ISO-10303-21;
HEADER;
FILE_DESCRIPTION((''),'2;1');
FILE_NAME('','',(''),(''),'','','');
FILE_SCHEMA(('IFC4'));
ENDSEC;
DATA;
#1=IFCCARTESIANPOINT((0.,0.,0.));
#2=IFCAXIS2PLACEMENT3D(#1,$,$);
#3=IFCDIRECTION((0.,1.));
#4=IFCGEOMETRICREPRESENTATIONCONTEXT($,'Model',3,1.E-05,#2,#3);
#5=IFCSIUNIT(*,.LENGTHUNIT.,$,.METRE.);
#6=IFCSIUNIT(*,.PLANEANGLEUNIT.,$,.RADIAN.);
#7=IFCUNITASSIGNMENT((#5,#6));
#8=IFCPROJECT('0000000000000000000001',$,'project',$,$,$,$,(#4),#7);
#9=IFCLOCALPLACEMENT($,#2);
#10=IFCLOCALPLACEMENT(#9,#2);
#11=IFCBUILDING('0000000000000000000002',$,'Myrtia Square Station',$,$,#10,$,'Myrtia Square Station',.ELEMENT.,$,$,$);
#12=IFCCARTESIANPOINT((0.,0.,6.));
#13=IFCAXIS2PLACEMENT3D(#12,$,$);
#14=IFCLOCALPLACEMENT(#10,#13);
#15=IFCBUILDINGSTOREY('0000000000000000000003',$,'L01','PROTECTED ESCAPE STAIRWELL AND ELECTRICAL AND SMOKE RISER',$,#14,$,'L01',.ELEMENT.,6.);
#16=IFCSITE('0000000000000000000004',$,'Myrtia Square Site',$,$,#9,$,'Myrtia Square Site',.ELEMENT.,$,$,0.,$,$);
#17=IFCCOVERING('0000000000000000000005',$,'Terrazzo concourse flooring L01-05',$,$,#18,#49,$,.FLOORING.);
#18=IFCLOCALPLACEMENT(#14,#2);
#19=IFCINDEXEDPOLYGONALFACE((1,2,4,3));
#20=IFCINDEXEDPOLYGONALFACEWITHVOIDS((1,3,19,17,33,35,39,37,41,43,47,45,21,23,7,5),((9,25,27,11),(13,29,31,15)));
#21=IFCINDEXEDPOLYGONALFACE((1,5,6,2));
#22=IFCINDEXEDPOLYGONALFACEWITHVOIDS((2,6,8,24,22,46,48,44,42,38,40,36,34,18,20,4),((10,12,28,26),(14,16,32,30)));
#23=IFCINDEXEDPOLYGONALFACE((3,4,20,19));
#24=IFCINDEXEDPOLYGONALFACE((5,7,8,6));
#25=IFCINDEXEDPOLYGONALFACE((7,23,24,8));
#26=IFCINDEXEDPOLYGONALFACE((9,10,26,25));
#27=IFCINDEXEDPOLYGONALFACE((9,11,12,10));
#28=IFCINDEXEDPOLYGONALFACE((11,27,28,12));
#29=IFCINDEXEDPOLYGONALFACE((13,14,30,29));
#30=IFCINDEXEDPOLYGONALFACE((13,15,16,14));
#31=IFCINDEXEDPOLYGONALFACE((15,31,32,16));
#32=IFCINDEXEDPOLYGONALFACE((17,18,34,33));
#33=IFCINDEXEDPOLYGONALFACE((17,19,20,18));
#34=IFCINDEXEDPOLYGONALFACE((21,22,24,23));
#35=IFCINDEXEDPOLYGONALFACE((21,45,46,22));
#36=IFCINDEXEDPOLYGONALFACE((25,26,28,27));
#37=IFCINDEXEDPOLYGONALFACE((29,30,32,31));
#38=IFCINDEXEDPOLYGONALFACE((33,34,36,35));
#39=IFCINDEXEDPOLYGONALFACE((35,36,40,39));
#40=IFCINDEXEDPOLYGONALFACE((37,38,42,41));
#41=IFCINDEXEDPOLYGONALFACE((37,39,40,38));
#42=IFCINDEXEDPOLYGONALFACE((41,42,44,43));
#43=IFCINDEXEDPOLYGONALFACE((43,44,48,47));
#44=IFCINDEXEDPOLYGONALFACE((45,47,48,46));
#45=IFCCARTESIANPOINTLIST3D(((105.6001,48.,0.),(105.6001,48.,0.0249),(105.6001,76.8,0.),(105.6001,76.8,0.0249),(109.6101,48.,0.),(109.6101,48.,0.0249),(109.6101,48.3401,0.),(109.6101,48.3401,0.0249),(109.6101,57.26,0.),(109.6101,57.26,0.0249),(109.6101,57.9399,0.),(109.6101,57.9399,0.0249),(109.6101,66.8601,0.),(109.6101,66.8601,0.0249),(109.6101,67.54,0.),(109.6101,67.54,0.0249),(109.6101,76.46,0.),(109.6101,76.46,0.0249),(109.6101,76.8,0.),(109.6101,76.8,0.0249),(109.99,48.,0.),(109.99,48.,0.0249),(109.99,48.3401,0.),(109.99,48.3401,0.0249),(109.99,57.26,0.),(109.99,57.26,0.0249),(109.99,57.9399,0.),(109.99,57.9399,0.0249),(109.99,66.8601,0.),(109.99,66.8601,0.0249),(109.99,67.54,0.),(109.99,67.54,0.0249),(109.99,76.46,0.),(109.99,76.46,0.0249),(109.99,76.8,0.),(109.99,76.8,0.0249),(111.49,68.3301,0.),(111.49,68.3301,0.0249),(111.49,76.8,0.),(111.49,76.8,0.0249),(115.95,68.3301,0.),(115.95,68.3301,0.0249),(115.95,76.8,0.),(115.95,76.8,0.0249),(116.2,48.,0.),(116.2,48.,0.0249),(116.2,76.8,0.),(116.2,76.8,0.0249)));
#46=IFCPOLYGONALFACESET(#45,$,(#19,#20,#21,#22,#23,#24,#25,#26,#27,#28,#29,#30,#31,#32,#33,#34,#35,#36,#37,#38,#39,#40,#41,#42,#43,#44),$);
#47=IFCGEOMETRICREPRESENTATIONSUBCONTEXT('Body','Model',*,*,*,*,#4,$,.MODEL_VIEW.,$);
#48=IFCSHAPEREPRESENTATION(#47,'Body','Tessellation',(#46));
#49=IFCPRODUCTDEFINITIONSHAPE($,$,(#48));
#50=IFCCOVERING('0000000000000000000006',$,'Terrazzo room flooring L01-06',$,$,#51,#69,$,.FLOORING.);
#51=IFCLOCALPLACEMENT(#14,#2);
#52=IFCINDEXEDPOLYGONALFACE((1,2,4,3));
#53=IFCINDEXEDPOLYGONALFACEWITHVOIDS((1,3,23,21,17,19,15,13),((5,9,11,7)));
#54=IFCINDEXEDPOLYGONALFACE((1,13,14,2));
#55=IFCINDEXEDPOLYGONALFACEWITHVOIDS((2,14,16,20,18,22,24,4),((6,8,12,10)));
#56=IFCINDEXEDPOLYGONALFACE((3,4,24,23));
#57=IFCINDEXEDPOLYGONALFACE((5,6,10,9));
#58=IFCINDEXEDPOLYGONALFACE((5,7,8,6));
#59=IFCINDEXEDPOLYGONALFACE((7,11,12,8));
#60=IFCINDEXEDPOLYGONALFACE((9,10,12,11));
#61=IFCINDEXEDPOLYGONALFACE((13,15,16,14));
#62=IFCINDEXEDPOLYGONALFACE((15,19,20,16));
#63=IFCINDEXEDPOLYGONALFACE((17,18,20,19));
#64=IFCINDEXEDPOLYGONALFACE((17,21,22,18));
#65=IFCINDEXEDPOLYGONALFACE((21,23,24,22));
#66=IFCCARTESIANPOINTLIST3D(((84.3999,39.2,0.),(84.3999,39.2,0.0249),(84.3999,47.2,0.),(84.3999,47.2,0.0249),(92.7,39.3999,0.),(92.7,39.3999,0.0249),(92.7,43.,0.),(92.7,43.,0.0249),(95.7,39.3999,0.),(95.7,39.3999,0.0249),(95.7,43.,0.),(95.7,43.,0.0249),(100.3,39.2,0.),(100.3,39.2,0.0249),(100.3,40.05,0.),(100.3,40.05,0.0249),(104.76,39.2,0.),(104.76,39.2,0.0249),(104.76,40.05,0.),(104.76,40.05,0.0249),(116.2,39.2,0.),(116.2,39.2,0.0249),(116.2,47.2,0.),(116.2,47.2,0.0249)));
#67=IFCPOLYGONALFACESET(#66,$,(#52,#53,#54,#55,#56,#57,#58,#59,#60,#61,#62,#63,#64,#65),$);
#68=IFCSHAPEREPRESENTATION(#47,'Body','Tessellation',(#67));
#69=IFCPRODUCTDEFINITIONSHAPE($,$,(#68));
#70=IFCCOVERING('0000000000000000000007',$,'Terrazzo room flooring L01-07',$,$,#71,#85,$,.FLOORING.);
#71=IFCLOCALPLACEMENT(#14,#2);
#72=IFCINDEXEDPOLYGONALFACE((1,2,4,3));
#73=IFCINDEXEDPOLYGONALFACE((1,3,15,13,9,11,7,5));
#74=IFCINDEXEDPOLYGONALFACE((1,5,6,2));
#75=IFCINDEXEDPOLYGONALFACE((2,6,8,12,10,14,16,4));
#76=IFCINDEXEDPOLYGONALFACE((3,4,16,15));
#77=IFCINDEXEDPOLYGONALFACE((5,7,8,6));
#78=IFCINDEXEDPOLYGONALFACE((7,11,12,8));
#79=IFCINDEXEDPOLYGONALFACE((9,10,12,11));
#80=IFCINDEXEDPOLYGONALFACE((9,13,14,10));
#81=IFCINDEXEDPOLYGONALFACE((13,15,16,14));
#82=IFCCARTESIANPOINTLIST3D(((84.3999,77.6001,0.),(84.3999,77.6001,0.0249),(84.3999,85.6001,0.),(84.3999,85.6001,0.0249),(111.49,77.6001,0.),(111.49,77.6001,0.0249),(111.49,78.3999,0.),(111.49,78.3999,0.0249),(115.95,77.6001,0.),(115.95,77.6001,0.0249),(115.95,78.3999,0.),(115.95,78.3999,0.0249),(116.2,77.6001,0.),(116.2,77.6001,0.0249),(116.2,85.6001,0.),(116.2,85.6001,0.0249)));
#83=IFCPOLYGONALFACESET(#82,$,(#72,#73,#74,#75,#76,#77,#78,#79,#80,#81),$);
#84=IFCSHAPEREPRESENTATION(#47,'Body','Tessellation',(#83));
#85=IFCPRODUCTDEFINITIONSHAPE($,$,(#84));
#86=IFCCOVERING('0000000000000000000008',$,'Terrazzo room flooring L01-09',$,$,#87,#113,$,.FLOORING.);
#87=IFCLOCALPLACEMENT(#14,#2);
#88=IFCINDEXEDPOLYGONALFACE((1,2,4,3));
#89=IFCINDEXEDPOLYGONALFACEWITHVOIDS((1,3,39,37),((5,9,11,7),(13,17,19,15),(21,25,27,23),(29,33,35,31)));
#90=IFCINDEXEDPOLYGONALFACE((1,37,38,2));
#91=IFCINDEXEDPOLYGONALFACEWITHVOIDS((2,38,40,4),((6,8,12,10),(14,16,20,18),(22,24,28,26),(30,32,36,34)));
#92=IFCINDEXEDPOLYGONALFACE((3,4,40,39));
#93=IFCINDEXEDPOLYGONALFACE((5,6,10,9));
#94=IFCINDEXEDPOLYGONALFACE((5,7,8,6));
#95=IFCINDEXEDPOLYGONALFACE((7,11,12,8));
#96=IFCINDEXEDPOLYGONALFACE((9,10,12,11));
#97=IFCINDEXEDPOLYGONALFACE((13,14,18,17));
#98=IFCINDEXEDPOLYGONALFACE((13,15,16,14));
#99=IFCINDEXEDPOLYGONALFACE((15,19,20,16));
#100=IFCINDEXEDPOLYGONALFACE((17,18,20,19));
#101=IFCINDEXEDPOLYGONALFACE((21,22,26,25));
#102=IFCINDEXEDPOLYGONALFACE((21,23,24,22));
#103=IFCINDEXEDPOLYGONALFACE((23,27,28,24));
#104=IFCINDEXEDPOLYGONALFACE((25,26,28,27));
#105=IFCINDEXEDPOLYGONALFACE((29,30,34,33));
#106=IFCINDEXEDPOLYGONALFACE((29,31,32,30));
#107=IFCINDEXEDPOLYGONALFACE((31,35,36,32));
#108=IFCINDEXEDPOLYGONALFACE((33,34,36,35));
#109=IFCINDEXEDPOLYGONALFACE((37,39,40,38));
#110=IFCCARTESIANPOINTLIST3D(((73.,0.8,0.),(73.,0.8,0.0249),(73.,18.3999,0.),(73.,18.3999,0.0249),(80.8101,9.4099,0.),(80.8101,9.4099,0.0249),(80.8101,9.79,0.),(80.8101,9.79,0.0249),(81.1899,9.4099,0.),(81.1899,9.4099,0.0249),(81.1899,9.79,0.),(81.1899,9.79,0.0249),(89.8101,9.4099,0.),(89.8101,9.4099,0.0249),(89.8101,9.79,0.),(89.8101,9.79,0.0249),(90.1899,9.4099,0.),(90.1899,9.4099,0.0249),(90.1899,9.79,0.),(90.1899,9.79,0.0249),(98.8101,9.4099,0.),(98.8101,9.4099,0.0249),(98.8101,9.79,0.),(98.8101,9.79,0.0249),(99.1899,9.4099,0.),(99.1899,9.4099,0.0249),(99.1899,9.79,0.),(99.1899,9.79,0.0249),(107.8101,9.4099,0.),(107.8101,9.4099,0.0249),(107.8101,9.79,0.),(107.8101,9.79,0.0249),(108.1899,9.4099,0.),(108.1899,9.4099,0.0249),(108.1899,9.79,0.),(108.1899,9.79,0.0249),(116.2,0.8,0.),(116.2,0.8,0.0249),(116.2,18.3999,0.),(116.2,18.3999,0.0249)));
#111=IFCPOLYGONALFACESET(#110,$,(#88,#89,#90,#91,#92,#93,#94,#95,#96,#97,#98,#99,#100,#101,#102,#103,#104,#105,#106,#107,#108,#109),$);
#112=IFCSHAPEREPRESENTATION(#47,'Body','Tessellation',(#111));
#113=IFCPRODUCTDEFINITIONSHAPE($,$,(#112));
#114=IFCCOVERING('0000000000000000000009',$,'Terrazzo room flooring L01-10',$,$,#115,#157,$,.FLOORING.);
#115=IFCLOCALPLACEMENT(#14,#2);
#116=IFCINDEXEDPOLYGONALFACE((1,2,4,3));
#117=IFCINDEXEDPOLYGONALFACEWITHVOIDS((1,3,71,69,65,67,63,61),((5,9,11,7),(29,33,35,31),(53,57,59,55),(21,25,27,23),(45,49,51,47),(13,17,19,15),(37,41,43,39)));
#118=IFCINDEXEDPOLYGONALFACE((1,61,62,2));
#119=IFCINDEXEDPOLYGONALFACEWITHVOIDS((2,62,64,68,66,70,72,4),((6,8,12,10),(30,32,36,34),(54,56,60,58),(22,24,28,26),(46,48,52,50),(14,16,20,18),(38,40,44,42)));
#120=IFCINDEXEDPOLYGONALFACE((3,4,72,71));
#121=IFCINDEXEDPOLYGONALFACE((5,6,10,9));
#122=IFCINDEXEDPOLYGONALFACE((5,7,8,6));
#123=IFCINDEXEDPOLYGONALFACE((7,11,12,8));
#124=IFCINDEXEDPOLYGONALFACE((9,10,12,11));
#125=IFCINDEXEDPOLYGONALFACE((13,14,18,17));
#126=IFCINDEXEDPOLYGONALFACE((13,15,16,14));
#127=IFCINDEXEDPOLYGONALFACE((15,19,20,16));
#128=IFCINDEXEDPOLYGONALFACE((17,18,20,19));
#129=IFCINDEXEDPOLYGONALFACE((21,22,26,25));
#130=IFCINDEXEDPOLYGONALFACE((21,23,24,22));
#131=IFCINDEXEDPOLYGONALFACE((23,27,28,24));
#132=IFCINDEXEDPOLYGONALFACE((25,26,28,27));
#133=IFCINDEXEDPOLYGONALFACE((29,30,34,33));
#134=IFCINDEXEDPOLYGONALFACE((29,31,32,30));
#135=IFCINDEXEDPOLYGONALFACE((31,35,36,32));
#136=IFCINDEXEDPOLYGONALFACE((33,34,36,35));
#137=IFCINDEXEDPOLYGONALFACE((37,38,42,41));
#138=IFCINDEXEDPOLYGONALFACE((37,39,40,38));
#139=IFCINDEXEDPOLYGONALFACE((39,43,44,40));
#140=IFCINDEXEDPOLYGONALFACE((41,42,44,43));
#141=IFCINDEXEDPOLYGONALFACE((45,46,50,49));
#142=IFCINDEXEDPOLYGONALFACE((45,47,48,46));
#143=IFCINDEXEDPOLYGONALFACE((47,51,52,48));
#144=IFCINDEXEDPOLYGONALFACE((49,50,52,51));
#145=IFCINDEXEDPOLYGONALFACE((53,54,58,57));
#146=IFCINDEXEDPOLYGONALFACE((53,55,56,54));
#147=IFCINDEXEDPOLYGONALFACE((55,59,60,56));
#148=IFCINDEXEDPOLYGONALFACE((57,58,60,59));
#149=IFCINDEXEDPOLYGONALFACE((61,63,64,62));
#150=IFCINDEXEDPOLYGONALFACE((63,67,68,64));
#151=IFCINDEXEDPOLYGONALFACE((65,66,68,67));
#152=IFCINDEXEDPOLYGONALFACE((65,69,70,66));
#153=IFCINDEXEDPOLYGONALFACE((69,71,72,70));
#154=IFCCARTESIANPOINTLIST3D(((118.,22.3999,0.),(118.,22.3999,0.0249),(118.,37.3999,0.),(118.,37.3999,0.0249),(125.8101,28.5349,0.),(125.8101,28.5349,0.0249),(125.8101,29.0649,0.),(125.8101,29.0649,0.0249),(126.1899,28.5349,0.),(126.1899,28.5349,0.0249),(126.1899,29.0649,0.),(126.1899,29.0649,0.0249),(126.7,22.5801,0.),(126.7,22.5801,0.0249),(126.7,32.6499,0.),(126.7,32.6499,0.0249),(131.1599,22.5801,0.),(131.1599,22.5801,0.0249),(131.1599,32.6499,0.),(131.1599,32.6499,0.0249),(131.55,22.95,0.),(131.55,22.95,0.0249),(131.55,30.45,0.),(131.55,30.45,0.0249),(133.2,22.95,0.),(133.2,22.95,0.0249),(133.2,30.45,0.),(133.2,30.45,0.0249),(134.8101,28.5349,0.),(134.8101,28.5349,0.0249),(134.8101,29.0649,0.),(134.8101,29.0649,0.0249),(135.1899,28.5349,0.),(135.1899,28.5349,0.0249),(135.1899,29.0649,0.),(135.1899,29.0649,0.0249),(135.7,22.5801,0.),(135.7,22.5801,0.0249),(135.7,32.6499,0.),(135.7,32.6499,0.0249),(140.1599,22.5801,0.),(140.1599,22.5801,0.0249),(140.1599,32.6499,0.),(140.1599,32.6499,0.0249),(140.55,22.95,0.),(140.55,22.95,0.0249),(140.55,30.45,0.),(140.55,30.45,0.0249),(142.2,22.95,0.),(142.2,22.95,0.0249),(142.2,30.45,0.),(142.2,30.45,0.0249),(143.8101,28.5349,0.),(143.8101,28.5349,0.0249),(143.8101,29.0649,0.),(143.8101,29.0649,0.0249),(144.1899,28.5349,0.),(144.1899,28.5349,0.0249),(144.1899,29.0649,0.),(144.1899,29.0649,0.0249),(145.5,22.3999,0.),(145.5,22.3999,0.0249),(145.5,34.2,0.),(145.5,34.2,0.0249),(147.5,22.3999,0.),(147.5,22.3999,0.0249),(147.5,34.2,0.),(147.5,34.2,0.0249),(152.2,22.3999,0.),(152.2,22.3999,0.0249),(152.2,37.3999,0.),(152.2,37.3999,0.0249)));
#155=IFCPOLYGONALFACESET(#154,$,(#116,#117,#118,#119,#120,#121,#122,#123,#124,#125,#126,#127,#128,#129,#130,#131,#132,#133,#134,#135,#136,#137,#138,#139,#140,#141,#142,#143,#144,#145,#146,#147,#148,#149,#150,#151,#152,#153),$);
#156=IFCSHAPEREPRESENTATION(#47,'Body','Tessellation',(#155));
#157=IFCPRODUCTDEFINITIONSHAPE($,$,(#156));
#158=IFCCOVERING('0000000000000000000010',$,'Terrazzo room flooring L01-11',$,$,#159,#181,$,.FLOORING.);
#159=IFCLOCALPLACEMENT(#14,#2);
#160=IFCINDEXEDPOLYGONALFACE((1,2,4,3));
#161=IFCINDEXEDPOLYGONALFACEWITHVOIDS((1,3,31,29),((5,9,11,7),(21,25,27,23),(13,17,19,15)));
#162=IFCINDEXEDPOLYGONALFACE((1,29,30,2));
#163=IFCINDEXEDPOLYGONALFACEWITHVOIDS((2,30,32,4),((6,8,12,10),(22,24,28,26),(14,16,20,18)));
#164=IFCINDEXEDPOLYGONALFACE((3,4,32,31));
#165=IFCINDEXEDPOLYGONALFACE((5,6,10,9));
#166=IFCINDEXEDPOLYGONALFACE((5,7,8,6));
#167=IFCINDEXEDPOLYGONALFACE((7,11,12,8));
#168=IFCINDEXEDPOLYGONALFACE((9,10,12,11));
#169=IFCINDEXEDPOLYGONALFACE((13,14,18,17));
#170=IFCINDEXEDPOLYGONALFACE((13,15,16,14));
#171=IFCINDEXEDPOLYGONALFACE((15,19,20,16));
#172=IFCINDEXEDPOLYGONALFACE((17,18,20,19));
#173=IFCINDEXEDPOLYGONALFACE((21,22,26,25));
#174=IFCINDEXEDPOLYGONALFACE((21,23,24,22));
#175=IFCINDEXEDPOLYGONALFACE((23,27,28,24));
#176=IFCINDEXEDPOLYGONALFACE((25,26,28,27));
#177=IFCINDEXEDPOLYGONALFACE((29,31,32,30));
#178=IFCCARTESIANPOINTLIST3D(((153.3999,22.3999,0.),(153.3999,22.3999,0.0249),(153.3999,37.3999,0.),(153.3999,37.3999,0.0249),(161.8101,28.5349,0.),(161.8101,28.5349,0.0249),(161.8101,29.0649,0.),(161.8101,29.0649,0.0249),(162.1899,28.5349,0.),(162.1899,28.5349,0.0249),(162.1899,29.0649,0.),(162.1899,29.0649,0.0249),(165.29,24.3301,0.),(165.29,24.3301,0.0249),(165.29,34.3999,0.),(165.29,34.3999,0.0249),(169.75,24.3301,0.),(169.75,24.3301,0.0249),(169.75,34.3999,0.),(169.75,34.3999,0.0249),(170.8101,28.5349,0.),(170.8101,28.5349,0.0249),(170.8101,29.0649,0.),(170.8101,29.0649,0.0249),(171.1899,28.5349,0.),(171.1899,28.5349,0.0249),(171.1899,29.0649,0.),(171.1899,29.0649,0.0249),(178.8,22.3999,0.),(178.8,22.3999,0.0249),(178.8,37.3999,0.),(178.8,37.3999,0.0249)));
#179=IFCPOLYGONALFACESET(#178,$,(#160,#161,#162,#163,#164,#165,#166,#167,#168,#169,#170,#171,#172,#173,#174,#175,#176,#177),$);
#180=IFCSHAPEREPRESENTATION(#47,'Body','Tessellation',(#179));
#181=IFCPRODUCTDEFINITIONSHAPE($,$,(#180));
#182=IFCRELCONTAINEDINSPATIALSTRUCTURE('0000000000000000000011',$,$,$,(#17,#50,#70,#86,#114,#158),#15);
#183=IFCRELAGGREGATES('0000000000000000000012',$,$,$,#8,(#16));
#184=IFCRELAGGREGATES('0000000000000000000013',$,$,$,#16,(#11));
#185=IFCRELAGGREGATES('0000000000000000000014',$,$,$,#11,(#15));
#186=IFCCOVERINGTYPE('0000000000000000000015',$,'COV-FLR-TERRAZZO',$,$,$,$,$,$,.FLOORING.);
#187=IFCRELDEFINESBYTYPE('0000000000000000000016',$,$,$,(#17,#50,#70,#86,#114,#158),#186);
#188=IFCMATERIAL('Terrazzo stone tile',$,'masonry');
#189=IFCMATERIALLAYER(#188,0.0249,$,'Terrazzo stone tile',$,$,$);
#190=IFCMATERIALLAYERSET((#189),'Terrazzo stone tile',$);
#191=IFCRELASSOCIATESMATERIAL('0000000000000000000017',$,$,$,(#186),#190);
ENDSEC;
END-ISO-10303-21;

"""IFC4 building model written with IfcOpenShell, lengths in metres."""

from ifc_helpers import new_model, si_unit, direction, frame, origin, place, context, subcontext, project, spatial, polyline, outline, extrude, material, layer, layer_set, type_object, element, save


model = new_model("IFC4")

# Units and contexts
model_context = context("Model", 3, precision=1e-05, world=origin(), true_north=direction((0.0, 1.0)))
body_context = subcontext(model_context, "Body", "Model", "MODEL_VIEW")
ifc_project = project(units=[si_unit("LENGTHUNIT", "METRE"), si_unit("PLANEANGLEUNIT", "RADIAN")], contexts=[model_context])

# Site, building, storey
site_placement = place(None, origin())
site = spatial("IfcSite", under=ifc_project, at=site_placement, Name="Myrtia Square Site", LongName="Myrtia Square Site", CompositionType="ELEMENT", RefElevation=0.0)
building_placement = place(site_placement, origin())
building = spatial("IfcBuilding", under=site, at=building_placement, Name="Myrtia Square Station", LongName="Myrtia Square Station", CompositionType="ELEMENT")
storey_placement = place(building_placement, frame((0.0, 0.0, 6.0)))
storey = spatial("IfcBuildingStorey", under=building, at=storey_placement, Name="L01", Description="PROTECTED ESCAPE STAIRWELL AND ELECTRICAL AND SMOKE RISER", LongName="L01", CompositionType="ELEMENT", Elevation=6.0)

# Coverings
ifc_material_1 = material(Name="Terrazzo stone tile", Category="masonry")
ifc_layer_1 = layer(ifc_material_1, 0.0249, Name="Terrazzo stone tile")
ifc_layer_set_1 = layer_set([ifc_layer_1], Name="Terrazzo stone tile")
covering_type_1 = type_object("IfcCoveringType", Name="COV-FLR-TERRAZZO", PredefinedType="FLOORING", material=ifc_layer_set_1)
covering_1_placement = place(storey_placement, origin())
element("IfcCovering", 1, at=covering_1_placement, inside=storey, type_object=covering_type_1, Name="Terrazzo concourse flooring L01-05", PredefinedType="FLOORING", context=body_context, shape_type="SweptSolid", body=[
    extrude(outline(polyline([(105.6001, 76.8), (109.6101, 76.8), (109.6101, 76.46), (109.99, 76.46), (109.99, 76.8), (111.49, 76.8), (111.49, 68.3301), (115.95, 68.3301), (115.95, 76.8), (116.2, 76.8), (116.2, 48.0), (109.99, 48.0), (109.99, 48.3401), (109.6101, 48.3401), (109.6101, 48.0), (105.6001, 48.0), (105.6001, 76.8)]), holes=[polyline([(109.99, 57.26), (109.99, 57.9399), (109.6101, 57.9399), (109.6101, 57.26), (109.99, 57.26)]), polyline([(109.99, 66.8601), (109.99, 67.54), (109.6101, 67.54), (109.6101, 66.8601), (109.99, 66.8601)])]), origin(), (0.0, 0.0, 1.0), 0.0249),
])
covering_2_placement = place(storey_placement, origin())
element("IfcCovering", 2, at=covering_2_placement, inside=storey, type_object=covering_type_1, Name="Terrazzo room flooring L01-06", PredefinedType="FLOORING", context=body_context, shape_type="SweptSolid", body=[
    extrude(outline(polyline([(84.3999, 47.2), (116.2, 47.2), (116.2, 39.2), (104.76, 39.2), (104.76, 40.05), (100.3, 40.05), (100.3, 39.2), (84.3999, 39.2), (84.3999, 47.2)]), holes=[polyline([(95.7, 39.3999), (95.7, 43.0), (92.7, 43.0), (92.7, 39.3999), (95.7, 39.3999)])]), origin(), (0.0, 0.0, 1.0), 0.0249),
])
covering_3_placement = place(storey_placement, origin())
element("IfcCovering", 3, at=covering_3_placement, inside=storey, type_object=covering_type_1, Name="Terrazzo room flooring L01-07", PredefinedType="FLOORING", context=body_context, shape_type="SweptSolid", body=[
    extrude(outline(polyline([(84.3999, 85.6001), (116.2, 85.6001), (116.2, 77.6001), (115.95, 77.6001), (115.95, 78.3999), (111.49, 78.3999), (111.49, 77.6001), (84.3999, 77.6001), (84.3999, 85.6001)])), origin(), (0.0, 0.0, 1.0), 0.0249),
])
covering_4_placement = place(storey_placement, origin())
element("IfcCovering", 4, at=covering_4_placement, inside=storey, type_object=covering_type_1, Name="Terrazzo room flooring L01-09", PredefinedType="FLOORING", context=body_context, shape_type="SweptSolid", body=[
    extrude(outline(polyline([(73.0, 18.3999), (116.2, 18.3999), (116.2, 0.8), (73.0, 0.8), (73.0, 18.3999)]), holes=[polyline([(81.1899, 9.4099), (81.1899, 9.79), (80.8101, 9.79), (80.8101, 9.4099), (81.1899, 9.4099)]), polyline([(99.1899, 9.79), (98.8101, 9.79), (98.8101, 9.4099), (99.1899, 9.4099), (99.1899, 9.79)]), polyline([(90.1899, 9.4099), (90.1899, 9.79), (89.8101, 9.79), (89.8101, 9.4099), (90.1899, 9.4099)]), polyline([(108.1899, 9.4099), (108.1899, 9.79), (107.8101, 9.79), (107.8101, 9.4099), (108.1899, 9.4099)])]), origin(), (0.0, 0.0, 1.0), 0.0249),
])
covering_5_placement = place(storey_placement, origin())
element("IfcCovering", 5, at=covering_5_placement, inside=storey, type_object=covering_type_1, Name="Terrazzo room flooring L01-10", PredefinedType="FLOORING", context=body_context, shape_type="SweptSolid", body=[
    extrude(outline(polyline([(118.0, 37.3999), (152.2, 37.3999), (152.2, 22.3999), (147.5, 22.3999), (147.5, 34.2), (145.5, 34.2), (145.5, 22.3999), (118.0, 22.3999), (118.0, 37.3999)]), holes=[polyline([(140.55, 30.45), (140.55, 22.95), (142.2, 22.95), (142.2, 30.45), (140.55, 30.45)]), polyline([(133.2, 30.45), (131.55, 30.45), (131.55, 22.95), (133.2, 22.95), (133.2, 30.45)]), polyline([(131.1599, 32.6499), (126.7, 32.6499), (126.7, 22.5801), (131.1599, 22.5801), (131.1599, 32.6499)]), polyline([(126.1899, 29.0649), (125.8101, 29.0649), (125.8101, 28.5349), (126.1899, 28.5349), (126.1899, 29.0649)]), polyline([(135.7, 32.6499), (135.7, 22.5801), (140.1599, 22.5801), (140.1599, 32.6499), (135.7, 32.6499)]), polyline([(135.1899, 29.0649), (134.8101, 29.0649), (134.8101, 28.5349), (135.1899, 28.5349), (135.1899, 29.0649)]), polyline([(144.1899, 28.5349), (144.1899, 29.0649), (143.8101, 29.0649), (143.8101, 28.5349), (144.1899, 28.5349)])]), origin(), (0.0, 0.0, 1.0), 0.0249),
])
covering_6_placement = place(storey_placement, origin())
element("IfcCovering", 6, at=covering_6_placement, inside=storey, type_object=covering_type_1, Name="Terrazzo room flooring L01-11", PredefinedType="FLOORING", context=body_context, shape_type="SweptSolid", body=[
    extrude(outline(polyline([(153.3999, 37.3999), (178.8, 37.3999), (178.8, 22.3999), (153.3999, 22.3999), (153.3999, 37.3999)]), holes=[polyline([(162.1899, 29.0649), (161.8101, 29.0649), (161.8101, 28.5349), (162.1899, 28.5349), (162.1899, 29.0649)]), polyline([(171.1899, 29.0649), (170.8101, 29.0649), (170.8101, 28.5349), (171.1899, 28.5349), (171.1899, 29.0649)]), polyline([(169.75, 24.3301), (169.75, 34.3999), (165.29, 34.3999), (165.29, 24.3301), (169.75, 24.3301)])]), origin(), (0.0, 0.0, 1.0), 0.0249),
])

save(model, "model.ifc")
